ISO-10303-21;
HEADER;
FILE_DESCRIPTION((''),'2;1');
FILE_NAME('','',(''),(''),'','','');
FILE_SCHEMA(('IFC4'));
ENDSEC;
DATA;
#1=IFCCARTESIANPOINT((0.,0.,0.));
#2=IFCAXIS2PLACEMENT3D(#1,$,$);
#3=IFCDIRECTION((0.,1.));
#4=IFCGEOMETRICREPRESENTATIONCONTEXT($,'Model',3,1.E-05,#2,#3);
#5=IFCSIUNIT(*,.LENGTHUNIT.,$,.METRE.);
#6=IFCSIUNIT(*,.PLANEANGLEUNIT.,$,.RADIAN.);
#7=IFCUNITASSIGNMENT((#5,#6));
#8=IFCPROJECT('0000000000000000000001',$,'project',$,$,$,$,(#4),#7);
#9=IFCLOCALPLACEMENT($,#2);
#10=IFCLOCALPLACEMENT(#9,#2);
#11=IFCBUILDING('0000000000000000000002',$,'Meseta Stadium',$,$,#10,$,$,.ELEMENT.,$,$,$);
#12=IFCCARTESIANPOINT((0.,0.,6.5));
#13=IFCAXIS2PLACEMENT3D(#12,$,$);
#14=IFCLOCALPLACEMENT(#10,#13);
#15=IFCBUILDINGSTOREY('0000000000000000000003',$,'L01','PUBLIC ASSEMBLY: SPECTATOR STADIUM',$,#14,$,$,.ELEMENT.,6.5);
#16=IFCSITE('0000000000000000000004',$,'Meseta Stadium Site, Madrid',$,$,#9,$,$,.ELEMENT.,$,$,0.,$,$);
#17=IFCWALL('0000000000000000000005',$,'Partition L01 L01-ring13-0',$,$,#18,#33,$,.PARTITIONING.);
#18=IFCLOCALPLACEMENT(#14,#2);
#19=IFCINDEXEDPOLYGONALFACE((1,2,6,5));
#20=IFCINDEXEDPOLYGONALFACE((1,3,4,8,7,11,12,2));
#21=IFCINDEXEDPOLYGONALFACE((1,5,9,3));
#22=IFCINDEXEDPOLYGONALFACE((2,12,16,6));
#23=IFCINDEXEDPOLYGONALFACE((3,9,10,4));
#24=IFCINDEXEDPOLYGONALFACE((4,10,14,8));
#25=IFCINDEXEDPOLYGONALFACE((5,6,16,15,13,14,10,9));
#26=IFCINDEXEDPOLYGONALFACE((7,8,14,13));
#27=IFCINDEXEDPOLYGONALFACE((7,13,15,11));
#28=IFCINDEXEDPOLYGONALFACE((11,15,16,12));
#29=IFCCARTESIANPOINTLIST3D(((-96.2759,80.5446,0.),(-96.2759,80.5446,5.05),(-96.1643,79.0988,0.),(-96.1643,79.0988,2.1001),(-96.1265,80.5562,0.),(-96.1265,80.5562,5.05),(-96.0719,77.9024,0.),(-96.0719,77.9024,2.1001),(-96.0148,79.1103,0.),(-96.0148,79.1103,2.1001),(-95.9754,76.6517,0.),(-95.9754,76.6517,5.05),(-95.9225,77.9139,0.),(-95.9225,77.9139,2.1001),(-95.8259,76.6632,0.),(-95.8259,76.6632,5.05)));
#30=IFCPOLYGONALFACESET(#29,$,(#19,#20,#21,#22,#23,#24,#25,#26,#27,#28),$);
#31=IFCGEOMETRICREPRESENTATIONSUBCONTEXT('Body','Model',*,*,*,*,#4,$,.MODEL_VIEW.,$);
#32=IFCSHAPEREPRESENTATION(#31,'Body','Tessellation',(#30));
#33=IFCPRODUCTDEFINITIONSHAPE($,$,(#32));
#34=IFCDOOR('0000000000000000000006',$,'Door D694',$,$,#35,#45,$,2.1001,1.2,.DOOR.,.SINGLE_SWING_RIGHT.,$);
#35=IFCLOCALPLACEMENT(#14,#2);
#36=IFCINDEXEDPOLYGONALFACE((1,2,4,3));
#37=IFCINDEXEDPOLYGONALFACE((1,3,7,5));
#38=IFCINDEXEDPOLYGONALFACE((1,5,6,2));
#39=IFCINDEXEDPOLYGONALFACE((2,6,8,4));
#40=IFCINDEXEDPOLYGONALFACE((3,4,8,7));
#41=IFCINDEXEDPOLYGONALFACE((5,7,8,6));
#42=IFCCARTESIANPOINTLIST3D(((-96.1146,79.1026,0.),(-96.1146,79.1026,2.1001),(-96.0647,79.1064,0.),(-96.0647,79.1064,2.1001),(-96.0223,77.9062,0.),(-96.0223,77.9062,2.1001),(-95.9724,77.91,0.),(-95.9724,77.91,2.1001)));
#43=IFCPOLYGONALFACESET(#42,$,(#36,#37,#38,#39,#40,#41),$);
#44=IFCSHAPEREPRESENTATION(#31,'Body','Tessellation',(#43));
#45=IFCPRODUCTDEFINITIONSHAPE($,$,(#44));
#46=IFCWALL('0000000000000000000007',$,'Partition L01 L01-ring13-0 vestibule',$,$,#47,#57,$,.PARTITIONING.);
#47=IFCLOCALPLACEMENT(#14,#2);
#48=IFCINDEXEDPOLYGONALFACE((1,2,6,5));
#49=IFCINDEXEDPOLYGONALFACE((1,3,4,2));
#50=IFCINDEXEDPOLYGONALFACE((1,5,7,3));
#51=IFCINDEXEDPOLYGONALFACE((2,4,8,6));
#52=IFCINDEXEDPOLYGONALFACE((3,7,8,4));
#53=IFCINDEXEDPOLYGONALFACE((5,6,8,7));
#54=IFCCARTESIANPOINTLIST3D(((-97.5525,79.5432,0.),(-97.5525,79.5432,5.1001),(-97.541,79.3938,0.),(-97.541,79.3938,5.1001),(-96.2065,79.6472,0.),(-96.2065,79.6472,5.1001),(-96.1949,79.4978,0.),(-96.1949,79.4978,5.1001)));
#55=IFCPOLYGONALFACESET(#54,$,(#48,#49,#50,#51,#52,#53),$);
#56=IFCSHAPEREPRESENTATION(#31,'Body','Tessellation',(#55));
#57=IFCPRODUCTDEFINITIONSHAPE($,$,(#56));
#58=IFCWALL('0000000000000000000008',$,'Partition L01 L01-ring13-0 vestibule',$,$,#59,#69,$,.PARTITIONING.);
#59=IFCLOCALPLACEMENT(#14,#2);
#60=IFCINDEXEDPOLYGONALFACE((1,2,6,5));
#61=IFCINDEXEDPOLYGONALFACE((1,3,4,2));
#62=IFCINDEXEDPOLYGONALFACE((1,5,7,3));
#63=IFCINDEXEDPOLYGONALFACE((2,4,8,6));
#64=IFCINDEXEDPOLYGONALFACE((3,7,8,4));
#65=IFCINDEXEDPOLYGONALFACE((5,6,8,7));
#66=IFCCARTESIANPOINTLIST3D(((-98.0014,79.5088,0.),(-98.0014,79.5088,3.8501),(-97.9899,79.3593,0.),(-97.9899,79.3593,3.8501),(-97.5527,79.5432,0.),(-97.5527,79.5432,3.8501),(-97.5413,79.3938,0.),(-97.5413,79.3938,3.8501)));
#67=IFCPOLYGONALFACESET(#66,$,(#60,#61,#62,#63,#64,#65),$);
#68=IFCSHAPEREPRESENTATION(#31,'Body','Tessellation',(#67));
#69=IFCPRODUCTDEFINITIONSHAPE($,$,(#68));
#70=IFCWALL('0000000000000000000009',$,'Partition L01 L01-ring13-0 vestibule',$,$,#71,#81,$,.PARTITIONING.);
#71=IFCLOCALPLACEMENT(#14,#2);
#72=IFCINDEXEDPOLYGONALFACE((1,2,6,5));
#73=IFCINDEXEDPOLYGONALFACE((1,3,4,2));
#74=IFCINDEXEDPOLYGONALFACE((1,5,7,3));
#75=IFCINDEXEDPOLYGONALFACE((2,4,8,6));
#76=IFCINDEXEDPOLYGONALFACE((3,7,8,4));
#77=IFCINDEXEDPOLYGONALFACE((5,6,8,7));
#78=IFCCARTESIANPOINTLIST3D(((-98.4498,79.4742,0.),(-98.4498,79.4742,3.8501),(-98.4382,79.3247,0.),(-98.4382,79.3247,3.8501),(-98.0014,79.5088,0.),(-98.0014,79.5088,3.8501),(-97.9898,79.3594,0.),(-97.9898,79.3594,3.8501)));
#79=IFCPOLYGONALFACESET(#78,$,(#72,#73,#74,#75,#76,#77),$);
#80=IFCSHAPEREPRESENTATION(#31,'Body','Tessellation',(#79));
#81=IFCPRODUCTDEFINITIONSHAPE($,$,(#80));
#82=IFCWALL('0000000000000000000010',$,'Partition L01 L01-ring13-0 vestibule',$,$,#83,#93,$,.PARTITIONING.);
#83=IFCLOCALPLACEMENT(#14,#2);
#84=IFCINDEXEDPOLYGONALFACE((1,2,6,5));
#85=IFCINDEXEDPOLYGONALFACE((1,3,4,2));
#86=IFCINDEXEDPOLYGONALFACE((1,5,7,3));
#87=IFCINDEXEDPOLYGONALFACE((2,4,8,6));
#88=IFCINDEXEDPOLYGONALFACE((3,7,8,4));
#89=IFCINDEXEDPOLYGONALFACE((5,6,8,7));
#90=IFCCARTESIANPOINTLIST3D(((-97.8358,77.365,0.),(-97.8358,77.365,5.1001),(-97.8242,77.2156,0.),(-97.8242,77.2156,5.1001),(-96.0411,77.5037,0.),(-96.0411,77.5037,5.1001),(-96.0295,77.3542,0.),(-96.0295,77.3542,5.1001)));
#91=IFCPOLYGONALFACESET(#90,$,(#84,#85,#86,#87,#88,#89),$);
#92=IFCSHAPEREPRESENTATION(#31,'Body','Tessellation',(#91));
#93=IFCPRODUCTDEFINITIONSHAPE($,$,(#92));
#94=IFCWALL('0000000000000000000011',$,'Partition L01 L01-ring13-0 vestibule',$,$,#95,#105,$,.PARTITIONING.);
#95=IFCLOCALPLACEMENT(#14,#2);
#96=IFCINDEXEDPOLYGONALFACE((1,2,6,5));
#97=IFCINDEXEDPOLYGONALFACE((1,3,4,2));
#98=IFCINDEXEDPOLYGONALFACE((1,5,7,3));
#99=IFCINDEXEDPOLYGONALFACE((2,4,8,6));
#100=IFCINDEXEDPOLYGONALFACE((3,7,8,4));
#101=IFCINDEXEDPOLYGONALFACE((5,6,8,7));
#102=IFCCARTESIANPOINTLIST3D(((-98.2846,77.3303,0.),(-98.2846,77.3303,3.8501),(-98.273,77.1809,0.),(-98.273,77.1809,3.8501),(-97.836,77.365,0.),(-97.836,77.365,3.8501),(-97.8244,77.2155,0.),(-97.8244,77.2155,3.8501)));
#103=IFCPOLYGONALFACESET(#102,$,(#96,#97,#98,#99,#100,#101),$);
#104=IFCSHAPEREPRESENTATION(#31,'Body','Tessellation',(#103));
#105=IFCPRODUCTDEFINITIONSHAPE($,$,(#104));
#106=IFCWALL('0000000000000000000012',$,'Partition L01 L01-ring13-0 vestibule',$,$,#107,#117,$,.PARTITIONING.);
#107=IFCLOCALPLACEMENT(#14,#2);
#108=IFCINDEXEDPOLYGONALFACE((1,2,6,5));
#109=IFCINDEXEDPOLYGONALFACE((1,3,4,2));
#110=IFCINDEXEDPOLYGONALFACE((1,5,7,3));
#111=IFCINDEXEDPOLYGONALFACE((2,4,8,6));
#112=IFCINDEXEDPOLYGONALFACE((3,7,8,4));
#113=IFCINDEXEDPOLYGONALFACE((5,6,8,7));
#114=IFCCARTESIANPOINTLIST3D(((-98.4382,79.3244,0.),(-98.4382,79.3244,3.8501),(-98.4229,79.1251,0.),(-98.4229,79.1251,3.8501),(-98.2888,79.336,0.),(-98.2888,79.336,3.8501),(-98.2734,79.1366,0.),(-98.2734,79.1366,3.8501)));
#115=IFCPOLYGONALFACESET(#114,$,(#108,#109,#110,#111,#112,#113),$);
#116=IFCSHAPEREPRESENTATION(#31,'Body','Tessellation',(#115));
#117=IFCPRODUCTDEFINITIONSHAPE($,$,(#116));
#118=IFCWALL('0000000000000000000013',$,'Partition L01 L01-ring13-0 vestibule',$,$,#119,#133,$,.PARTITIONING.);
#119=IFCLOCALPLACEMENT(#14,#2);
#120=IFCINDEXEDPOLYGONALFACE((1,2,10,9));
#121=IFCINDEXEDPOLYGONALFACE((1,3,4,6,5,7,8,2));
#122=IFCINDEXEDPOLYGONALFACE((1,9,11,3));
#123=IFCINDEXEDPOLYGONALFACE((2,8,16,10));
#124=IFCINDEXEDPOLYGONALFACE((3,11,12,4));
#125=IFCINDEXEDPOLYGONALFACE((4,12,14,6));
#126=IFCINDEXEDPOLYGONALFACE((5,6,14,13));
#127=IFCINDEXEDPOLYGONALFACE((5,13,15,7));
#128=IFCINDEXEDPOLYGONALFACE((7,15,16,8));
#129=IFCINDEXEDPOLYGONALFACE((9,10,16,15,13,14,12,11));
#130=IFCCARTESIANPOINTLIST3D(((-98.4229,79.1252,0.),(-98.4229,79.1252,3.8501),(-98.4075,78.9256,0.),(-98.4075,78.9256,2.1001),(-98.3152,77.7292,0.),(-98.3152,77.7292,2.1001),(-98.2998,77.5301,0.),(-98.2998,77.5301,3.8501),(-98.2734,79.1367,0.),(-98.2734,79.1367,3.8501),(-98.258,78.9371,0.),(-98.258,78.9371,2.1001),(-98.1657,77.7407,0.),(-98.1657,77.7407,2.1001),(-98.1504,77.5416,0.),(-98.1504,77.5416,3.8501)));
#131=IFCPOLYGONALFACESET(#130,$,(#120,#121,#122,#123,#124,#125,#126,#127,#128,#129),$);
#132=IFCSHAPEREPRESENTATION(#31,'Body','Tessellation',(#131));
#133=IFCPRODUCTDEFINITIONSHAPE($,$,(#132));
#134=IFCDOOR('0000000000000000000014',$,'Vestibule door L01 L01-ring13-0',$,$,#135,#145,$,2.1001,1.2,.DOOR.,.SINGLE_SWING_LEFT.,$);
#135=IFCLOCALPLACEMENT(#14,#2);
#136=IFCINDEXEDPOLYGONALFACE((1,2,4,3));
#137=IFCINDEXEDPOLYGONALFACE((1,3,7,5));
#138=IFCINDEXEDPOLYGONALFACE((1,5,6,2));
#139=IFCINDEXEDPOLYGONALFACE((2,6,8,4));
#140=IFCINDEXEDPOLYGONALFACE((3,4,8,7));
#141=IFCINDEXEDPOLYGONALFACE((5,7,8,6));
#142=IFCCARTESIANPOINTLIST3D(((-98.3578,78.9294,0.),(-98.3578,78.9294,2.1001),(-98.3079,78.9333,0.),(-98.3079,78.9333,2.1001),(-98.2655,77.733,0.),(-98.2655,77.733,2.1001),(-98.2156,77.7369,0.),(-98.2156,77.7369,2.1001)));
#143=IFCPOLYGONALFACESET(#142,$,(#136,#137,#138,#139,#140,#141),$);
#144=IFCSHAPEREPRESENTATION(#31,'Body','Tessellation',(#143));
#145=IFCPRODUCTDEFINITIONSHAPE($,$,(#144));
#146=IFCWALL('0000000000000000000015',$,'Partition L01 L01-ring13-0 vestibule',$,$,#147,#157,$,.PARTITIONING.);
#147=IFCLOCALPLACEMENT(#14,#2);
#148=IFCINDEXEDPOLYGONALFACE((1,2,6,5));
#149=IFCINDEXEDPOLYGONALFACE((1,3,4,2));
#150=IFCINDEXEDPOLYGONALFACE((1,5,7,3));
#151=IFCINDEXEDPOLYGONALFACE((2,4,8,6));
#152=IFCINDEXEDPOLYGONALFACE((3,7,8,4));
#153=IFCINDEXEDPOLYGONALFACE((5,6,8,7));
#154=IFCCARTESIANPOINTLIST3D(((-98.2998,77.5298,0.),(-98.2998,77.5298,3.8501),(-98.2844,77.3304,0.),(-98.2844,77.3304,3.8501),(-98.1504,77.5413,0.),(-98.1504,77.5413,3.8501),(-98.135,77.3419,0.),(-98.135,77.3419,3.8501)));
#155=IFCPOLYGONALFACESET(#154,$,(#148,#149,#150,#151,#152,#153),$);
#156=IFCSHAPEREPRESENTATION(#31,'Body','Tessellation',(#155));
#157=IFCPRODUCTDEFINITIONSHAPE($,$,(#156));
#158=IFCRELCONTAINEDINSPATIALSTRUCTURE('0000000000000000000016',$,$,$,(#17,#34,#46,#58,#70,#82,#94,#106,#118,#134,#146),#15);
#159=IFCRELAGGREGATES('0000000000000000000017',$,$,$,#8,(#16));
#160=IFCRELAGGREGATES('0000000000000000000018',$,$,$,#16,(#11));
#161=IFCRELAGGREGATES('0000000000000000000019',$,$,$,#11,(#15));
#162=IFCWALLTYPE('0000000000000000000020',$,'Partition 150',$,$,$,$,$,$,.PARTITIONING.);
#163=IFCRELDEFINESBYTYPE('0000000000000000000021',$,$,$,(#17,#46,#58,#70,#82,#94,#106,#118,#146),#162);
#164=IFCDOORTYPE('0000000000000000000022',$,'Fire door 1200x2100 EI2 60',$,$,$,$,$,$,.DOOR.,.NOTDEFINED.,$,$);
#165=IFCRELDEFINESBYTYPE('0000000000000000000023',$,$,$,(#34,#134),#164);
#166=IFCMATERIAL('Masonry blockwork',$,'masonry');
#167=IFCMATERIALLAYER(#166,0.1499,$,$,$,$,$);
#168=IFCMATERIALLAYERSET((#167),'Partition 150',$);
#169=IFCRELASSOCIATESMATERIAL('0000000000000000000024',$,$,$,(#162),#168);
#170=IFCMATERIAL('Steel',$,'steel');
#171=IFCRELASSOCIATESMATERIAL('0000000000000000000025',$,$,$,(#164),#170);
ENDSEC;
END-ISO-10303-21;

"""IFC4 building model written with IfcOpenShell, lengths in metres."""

from ifc_helpers import new_model, si_unit, direction, frame, frame_2d, origin, place, context, subcontext, project, spatial, rectangle, extrude, material, layer, layer_set, type_object, element, fill, save


model = new_model("IFC4")

# Units and contexts
model_context = context("Model", 3, precision=1e-05, world=origin(), true_north=direction((0.0, 1.0)))
body_context = subcontext(model_context, "Body", "Model", "MODEL_VIEW")
ifc_project = project(units=[si_unit("LENGTHUNIT", "METRE"), si_unit("PLANEANGLEUNIT", "RADIAN")], contexts=[model_context])

# Site, building, storey
site_placement = place(None, origin())
site = spatial("IfcSite", under=ifc_project, at=site_placement, Name="Meseta Stadium Site, Madrid", CompositionType="ELEMENT", RefElevation=0.0)
building_placement = place(site_placement, origin())
building = spatial("IfcBuilding", under=site, at=building_placement, Name="Meseta Stadium", CompositionType="ELEMENT")
storey_placement = place(building_placement, frame((0.0, 0.0, 6.5)))
storey = spatial("IfcBuildingStorey", under=building, at=storey_placement, Name="L01", Description="PUBLIC ASSEMBLY: SPECTATOR STADIUM", CompositionType="ELEMENT", Elevation=6.5)

# Shared definitions
ifc_material_1 = material(Name="Masonry blockwork", Category="masonry")
ifc_layer_1 = layer(ifc_material_1, 0.1499)
ifc_layer_set_1 = layer_set([ifc_layer_1], Name="Partition 150")
wall_type = type_object("IfcWallType", Name="Partition 150", PredefinedType="PARTITIONING", material=ifc_layer_set_1)

# Wall, opening, door
wall_1_placement = place(storey_placement, frame((-96.2012, 80.5503, 0.0), z_axis=(0.0, 0.0, 1.0), x_axis=(0.076969, -0.997033, 0.0)))
wall_1 = element("IfcWall", 1, at=wall_1_placement, inside=storey, type_object=wall_type, Name="Partition L01 L01-ring13-0", PredefinedType="PARTITIONING", context=body_context, shape_type="SweptSolid", body=[
    extrude(rectangle(XDim=3.9045, YDim=0.1499, at=frame_2d((1.9521, 0.0))), origin(), (0.0, 0.0, 1.0), 5.05),
])
opening_1_placement = place(wall_1_placement, frame((1.45, 0.0, 0.0)))
opening_1 = element("IfcOpeningElement", 2, at=opening_1_placement, cuts=wall_1, PredefinedType="OPENING", context=body_context, shape_type="SweptSolid", body=[
    extrude(rectangle(XDim=1.2, YDim=2.1001, at=frame_2d((0.6001, 1.05))), frame((0.0, 0.085, 0.0), z_axis=(0.0, -1.0, 0.0), x_axis=(1.0, 0.0, 0.0)), (0.0, 0.0, 1.0), 0.1699),
])
ifc_material_2 = material(Name="Steel", Category="steel")
door_type = type_object("IfcDoorType", Name="Fire door 1200x2100 EI2 60", OperationType="NOTDEFINED", PredefinedType="DOOR", material=ifc_material_2)
door_1_placement = place(opening_1_placement, origin())
door_1 = element("IfcDoor", 3, at=door_1_placement, inside=storey, type_object=door_type, Name="Door D694", OperationType="SINGLE_SWING_RIGHT", OverallHeight=2.1001, OverallWidth=1.2, PredefinedType="DOOR", context=body_context, shape_type="SweptSolid", body=[
    extrude(rectangle(XDim=1.2, YDim=2.1001, at=frame_2d((0.6001, 1.05))), frame((0.0, 0.0249, 0.0), z_axis=(0.0, -1.0, 0.0), x_axis=(1.0, 0.0, 0.0)), (0.0, 0.0, 1.0), 0.05),
])
fill(opening_1, door_1)

# Walls
wall_2_placement = place(storey_placement, frame((-96.2007, 79.5725, 0.0), z_axis=(0.0, 0.0, 1.0), x_axis=(-0.997029, -0.077028, 0.0)))
element("IfcWall", 4, at=wall_2_placement, inside=storey, type_object=wall_type, Name="Partition L01 L01-ring13-0 vestibule", PredefinedType="PARTITIONING", context=body_context, shape_type="SweptSolid", body=[
    extrude(rectangle(XDim=1.3501, YDim=0.1499, at=frame_2d((0.675, 0.0))), origin(), (0.0, 0.0, 1.0), 5.1001),
])
wall_3_placement = place(storey_placement, frame((-97.5469, 79.4685, 0.0), z_axis=(0.0, 0.0, 1.0), x_axis=(-0.99707, -0.076489, 0.0)))
element("IfcWall", 5, at=wall_3_placement, inside=storey, type_object=wall_type, Name="Partition L01 L01-ring13-0 vestibule", PredefinedType="PARTITIONING", context=body_context, shape_type="SweptSolid", body=[
    extrude(rectangle(XDim=0.45, YDim=0.1499, at=frame_2d((0.2251, 0.0))), origin(), (0.0, 0.0, 1.0), 3.8501),
])
wall_4_placement = place(storey_placement, frame((-97.9956, 79.4341, 0.0), z_axis=(0.0, 0.0, 1.0), x_axis=(-0.997026, -0.07707, 0.0)))
element("IfcWall", 6, at=wall_4_placement, inside=storey, type_object=wall_type, Name="Partition L01 L01-ring13-0 vestibule", PredefinedType="PARTITIONING", context=body_context, shape_type="SweptSolid", body=[
    extrude(rectangle(XDim=0.4497, YDim=0.1499, at=frame_2d((0.2249, 0.0))), origin(), (0.0, 0.0, 1.0), 3.8501),
])
wall_5_placement = place(storey_placement, frame((-96.0354, 77.429, 0.0), z_axis=(0.0, 0.0, 1.0), x_axis=(-0.997028, -0.077039, 0.0)))
element("IfcWall", 7, at=wall_5_placement, inside=storey, type_object=wall_type, Name="Partition L01 L01-ring13-0 vestibule", PredefinedType="PARTITIONING", context=body_context, shape_type="SweptSolid", body=[
    extrude(rectangle(XDim=1.8, YDim=0.1499, at=frame_2d((0.8999, 0.0))), origin(), (0.0, 0.0, 1.0), 5.1001),
])
wall_6_placement = place(storey_placement, frame((-97.8301, 77.2903, 0.0), z_axis=(0.0, 0.0, 1.0), x_axis=(-0.997029, -0.077028, 0.0)))
element("IfcWall", 8, at=wall_6_placement, inside=storey, type_object=wall_type, Name="Partition L01 L01-ring13-0 vestibule", PredefinedType="PARTITIONING", context=body_context, shape_type="SweptSolid", body=[
    extrude(rectangle(XDim=0.45, YDim=0.1499, at=frame_2d((0.2251, 0.0))), origin(), (0.0, 0.0, 1.0), 3.8501),
])
wall_7_placement = place(storey_placement, frame((-98.3635, 79.3303, 0.0), z_axis=(0.0, 0.0, 1.0), x_axis=(0.076883, -0.99704, 0.0)))
element("IfcWall", 9, at=wall_7_placement, inside=storey, type_object=wall_type, Name="Partition L01 L01-ring13-0 vestibule", PredefinedType="PARTITIONING", context=body_context, shape_type="SweptSolid", body=[
    extrude(rectangle(XDim=0.2, YDim=0.1499, at=frame_2d((0.1001, 0.0))), origin(), (0.0, 0.0, 1.0), 3.8501),
])

# Wall, opening, door
wall_8_placement = place(storey_placement, frame((-98.3481, 79.1309, 0.0), z_axis=(0.0, 0.0, 1.0), x_axis=(0.076907, -0.997038, 0.0)))
wall_8 = element("IfcWall", 10, at=wall_8_placement, inside=storey, type_object=wall_type, Name="Partition L01 L01-ring13-0 vestibule", PredefinedType="PARTITIONING", context=body_context, shape_type="SweptSolid", body=[
    extrude(rectangle(XDim=1.5999, YDim=0.1499, at=frame_2d((0.7998, 0.0))), origin(), (0.0, 0.0, 1.0), 3.8501),
])
opening_2_placement = place(wall_8_placement, frame((0.2, 0.0, 0.0)))
opening_2 = element("IfcOpeningElement", 11, at=opening_2_placement, cuts=wall_8, PredefinedType="OPENING", context=body_context, shape_type="SweptSolid", body=[
    extrude(rectangle(XDim=1.2, YDim=2.1001, at=frame_2d((0.6001, 1.05))), frame((0.0, 0.085, 0.0), z_axis=(0.0, -1.0, 0.0), x_axis=(1.0, 0.0, 0.0)), (0.0, 0.0, 1.0), 0.1699),
])
door_2_placement = place(opening_2_placement, origin())
door_2 = element("IfcDoor", 12, at=door_2_placement, inside=storey, type_object=door_type, Name="Vestibule door L01 L01-ring13-0", OperationType="SINGLE_SWING_LEFT", OverallHeight=2.1001, OverallWidth=1.2, PredefinedType="DOOR", context=body_context, shape_type="SweptSolid", body=[
    extrude(rectangle(XDim=1.2, YDim=2.1001, at=frame_2d((0.6001, 1.05))), frame((0.0, 0.0249, 0.0), z_axis=(0.0, -1.0, 0.0), x_axis=(1.0, 0.0, 0.0)), (0.0, 0.0, 1.0), 0.05),
])
fill(opening_2, door_2)

# Wall
wall_9_placement = place(storey_placement, frame((-98.2251, 77.5356, 0.0), z_axis=(0.0, 0.0, 1.0), x_axis=(0.076883, -0.99704, 0.0)))
element("IfcWall", 13, at=wall_9_placement, inside=storey, type_object=wall_type, Name="Partition L01 L01-ring13-0 vestibule", PredefinedType="PARTITIONING", context=body_context, shape_type="SweptSolid", body=[
    extrude(rectangle(XDim=0.2, YDim=0.1499, at=frame_2d((0.1001, 0.0))), origin(), (0.0, 0.0, 1.0), 3.8501),
])

save(model, "model.ifc")
